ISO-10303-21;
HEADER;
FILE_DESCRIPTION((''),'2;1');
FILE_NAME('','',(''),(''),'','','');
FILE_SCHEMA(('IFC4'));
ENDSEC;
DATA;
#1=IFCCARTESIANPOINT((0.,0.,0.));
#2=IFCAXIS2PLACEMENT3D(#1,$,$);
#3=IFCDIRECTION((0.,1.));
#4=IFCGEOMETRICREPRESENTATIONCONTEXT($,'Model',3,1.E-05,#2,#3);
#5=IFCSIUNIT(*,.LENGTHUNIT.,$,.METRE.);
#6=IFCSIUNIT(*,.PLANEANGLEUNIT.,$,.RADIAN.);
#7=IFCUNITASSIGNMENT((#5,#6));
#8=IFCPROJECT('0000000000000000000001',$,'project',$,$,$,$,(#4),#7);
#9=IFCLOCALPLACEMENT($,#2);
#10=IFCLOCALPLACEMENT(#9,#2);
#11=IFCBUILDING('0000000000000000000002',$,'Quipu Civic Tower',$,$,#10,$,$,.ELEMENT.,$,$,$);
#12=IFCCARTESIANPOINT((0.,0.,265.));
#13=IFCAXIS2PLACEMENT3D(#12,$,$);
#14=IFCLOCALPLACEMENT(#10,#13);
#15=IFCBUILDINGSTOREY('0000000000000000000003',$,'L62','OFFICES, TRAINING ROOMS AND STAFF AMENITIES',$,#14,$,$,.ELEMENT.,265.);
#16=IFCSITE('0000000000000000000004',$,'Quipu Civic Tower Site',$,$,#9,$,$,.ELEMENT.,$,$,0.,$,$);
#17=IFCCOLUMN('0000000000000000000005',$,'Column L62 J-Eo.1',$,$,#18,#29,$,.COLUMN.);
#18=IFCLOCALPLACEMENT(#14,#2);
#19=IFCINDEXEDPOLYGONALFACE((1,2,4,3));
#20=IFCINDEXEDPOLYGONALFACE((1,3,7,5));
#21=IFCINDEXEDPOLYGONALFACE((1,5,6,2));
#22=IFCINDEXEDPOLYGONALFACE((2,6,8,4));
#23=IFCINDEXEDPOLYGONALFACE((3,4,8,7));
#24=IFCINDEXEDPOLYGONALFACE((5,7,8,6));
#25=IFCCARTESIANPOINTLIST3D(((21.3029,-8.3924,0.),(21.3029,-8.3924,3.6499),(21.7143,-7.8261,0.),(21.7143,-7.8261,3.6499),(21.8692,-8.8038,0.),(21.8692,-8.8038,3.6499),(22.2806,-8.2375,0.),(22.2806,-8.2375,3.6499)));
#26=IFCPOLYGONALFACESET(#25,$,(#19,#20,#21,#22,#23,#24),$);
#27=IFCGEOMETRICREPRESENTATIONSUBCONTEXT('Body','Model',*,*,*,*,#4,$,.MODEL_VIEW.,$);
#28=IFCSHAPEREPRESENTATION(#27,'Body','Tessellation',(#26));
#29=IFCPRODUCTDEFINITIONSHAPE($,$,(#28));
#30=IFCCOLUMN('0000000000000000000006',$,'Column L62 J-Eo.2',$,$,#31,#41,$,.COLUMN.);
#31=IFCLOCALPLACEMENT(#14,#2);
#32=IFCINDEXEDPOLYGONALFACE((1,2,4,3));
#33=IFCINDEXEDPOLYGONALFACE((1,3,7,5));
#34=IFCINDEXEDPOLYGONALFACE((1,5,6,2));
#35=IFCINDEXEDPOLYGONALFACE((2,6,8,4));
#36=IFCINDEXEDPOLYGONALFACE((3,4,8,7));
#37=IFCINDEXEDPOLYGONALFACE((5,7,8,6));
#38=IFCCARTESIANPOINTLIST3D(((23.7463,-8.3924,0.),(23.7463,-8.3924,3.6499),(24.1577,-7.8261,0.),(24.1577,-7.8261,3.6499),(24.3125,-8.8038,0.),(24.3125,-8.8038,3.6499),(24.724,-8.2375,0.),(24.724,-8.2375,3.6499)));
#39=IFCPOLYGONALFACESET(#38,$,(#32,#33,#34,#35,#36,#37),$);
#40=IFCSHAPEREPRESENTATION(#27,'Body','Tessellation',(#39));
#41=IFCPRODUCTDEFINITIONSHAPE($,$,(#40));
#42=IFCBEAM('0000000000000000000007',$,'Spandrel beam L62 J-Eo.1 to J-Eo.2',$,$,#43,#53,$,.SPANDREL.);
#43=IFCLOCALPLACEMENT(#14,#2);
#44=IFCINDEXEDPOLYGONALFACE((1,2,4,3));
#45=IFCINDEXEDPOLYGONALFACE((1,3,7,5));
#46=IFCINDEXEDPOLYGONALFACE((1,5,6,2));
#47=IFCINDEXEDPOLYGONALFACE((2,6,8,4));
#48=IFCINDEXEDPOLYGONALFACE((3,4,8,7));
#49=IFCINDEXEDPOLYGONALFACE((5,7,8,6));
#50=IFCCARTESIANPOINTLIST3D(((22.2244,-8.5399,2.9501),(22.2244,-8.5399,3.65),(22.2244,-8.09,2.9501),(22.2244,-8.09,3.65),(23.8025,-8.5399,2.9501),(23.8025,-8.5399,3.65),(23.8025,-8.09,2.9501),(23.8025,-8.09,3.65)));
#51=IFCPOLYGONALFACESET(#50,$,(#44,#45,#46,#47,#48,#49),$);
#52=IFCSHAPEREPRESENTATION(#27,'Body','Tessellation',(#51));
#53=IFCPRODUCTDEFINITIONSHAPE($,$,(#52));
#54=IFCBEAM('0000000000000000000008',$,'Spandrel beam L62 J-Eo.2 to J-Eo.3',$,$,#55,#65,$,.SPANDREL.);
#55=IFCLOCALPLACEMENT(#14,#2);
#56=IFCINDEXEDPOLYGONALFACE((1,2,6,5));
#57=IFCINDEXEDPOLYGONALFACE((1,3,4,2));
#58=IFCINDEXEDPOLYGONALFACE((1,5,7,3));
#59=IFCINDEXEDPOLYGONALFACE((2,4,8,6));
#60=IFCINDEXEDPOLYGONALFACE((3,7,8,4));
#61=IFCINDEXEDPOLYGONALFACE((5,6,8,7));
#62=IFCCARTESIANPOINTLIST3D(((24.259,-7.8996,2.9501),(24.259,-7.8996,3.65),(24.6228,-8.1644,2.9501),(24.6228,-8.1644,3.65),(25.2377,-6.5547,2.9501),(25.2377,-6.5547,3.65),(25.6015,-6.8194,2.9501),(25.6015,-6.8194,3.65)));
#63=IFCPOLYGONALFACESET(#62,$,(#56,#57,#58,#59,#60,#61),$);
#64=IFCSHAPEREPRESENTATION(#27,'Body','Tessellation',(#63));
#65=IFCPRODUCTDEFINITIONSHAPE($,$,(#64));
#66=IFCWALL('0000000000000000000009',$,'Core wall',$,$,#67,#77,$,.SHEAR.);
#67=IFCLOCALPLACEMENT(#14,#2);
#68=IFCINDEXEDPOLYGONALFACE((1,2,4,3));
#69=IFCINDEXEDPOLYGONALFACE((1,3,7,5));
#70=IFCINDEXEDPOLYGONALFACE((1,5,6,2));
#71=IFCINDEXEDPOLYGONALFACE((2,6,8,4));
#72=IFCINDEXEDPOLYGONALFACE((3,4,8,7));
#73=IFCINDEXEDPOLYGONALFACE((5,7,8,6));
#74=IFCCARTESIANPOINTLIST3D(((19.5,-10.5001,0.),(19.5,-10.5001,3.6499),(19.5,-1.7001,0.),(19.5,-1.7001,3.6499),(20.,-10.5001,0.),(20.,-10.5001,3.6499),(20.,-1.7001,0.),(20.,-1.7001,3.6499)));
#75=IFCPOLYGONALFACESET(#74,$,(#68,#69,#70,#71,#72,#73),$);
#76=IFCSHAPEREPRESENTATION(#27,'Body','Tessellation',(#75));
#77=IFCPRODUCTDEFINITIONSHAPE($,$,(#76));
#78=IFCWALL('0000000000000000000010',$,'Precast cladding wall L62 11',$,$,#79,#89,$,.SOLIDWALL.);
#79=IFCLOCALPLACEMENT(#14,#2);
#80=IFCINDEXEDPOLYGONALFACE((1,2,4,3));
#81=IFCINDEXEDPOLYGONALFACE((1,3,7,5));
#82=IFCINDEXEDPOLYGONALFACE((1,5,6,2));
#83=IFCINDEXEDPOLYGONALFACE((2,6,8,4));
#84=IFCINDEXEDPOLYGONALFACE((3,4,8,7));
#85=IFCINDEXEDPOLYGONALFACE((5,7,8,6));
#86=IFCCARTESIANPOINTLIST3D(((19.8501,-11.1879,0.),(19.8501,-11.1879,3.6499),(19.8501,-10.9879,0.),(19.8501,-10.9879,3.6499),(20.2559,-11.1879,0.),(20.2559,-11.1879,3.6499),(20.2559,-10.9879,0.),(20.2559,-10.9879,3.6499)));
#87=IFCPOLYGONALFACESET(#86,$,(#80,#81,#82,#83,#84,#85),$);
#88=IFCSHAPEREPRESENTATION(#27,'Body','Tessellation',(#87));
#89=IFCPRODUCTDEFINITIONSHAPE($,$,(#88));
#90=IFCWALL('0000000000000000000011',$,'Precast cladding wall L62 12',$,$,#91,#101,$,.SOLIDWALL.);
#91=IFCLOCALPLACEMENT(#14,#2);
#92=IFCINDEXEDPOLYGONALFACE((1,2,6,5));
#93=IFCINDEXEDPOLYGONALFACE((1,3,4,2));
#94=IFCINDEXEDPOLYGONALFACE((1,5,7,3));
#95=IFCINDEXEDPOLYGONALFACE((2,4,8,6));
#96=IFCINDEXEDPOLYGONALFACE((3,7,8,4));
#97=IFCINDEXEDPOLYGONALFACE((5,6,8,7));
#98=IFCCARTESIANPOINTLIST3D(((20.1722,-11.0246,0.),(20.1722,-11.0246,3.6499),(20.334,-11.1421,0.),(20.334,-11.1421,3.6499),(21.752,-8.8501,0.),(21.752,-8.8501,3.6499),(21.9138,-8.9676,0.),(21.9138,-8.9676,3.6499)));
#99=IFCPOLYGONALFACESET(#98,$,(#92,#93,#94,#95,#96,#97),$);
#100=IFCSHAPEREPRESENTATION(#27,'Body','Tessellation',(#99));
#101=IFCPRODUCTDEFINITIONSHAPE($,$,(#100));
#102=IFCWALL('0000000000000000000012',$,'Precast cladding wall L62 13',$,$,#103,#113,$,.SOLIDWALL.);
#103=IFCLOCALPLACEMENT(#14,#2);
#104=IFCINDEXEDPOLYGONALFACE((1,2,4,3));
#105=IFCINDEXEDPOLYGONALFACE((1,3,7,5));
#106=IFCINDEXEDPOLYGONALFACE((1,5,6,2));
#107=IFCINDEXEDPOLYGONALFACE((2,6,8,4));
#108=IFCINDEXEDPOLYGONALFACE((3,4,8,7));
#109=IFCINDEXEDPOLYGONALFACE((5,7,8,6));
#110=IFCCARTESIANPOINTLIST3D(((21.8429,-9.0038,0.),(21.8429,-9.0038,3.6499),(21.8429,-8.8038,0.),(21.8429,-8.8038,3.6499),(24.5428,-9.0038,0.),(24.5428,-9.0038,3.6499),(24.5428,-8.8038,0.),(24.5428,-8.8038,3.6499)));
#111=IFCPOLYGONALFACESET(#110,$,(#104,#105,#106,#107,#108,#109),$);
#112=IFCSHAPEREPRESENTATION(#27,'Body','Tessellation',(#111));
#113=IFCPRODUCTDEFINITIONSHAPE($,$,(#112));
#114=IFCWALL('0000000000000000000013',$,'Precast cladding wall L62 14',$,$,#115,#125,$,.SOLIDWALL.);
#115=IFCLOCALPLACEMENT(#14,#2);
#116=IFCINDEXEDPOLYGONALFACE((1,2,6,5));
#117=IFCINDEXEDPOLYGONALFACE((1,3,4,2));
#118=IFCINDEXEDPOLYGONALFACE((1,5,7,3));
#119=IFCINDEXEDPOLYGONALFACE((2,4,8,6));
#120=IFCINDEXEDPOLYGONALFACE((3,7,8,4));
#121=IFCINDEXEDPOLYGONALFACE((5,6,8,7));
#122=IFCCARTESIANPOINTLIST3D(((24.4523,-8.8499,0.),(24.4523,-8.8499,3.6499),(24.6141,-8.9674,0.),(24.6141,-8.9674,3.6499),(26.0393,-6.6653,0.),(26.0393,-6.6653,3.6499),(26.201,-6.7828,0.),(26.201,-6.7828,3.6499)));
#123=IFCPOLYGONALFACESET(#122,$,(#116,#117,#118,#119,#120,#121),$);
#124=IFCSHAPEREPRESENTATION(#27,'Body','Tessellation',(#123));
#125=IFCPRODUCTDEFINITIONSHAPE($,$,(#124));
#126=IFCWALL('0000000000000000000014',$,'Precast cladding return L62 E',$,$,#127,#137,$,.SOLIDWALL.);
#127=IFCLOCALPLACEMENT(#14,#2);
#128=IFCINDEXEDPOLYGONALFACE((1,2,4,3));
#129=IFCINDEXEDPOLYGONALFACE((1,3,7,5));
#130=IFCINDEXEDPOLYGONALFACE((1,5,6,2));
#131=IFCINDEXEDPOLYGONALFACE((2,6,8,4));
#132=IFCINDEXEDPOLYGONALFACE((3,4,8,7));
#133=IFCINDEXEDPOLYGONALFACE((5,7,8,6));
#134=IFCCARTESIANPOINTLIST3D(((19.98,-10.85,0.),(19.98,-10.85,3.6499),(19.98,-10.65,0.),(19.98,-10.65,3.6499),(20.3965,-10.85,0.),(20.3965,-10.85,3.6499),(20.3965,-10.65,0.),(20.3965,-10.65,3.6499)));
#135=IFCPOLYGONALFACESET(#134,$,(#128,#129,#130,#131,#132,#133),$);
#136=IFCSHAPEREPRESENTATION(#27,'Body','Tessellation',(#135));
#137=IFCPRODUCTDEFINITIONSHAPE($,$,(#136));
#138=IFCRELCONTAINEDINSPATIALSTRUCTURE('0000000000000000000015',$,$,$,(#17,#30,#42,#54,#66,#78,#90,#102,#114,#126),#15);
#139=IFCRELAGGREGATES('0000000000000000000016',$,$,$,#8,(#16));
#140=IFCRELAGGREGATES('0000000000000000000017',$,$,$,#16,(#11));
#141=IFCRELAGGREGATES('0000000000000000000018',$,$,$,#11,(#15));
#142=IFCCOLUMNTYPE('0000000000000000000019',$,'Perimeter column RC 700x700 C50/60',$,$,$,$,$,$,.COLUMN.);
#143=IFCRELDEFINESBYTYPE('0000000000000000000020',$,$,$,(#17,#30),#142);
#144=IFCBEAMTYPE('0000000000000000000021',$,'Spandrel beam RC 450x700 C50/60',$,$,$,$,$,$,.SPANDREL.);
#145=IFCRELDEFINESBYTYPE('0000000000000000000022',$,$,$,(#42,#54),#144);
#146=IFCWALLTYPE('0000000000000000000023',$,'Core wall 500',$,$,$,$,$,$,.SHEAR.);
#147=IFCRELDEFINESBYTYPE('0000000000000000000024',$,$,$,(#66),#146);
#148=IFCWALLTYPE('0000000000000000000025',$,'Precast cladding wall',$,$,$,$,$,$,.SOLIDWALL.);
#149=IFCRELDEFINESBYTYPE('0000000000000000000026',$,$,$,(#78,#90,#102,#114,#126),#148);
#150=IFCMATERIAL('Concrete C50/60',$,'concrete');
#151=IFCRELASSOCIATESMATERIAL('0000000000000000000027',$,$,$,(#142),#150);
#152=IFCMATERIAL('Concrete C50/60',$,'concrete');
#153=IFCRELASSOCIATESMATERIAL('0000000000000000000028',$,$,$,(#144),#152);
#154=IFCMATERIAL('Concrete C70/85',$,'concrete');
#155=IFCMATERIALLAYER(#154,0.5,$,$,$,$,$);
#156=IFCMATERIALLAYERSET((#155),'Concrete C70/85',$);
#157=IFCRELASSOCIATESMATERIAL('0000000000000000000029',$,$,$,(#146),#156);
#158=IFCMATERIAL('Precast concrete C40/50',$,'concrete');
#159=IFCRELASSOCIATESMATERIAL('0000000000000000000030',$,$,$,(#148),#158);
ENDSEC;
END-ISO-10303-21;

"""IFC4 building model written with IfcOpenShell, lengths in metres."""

from ifc_helpers import new_model, si_unit, direction, frame, frame_2d, origin, origin_2d, place, context, subcontext, project, spatial, rectangle, extrude, material, layer, layer_set, material_profile, profile_set, type_object, element, save


model = new_model("IFC4")

# Units and contexts
model_context = context("Model", 3, precision=1e-05, world=origin(), true_north=direction((0.0, 1.0)))
body_context = subcontext(model_context, "Body", "Model", "MODEL_VIEW")
ifc_project = project(units=[si_unit("LENGTHUNIT", "METRE"), si_unit("PLANEANGLEUNIT", "RADIAN")], contexts=[model_context])

# Site, building, storey
site_placement = place(None, origin())
site = spatial("IfcSite", under=ifc_project, at=site_placement, Name="Quipu Civic Tower Site", CompositionType="ELEMENT", RefElevation=0.0)
building_placement = place(site_placement, origin())
building = spatial("IfcBuilding", under=site, at=building_placement, Name="Quipu Civic Tower", CompositionType="ELEMENT")
storey_placement = place(building_placement, frame((0.0, 0.0, 265.0)))
storey = spatial("IfcBuildingStorey", under=building, at=storey_placement, Name="L62", Description="OFFICES, TRAINING ROOMS AND STAFF AMENITIES", CompositionType="ELEMENT", Elevation=265.0)

# Columns
ifc_material_1 = material(Name="Concrete C50/60", Category="concrete")
ifc_material_profile_1 = material_profile(ifc_material_1, rectangle(XDim=0.7, YDim=0.7, at=origin_2d()), Name="RC700x700")
ifc_profile_set_1 = profile_set([ifc_material_profile_1], Name="Concrete C50/60")
column_type = type_object("IfcColumnType", Name="Perimeter column RC 700x700 C50/60", PredefinedType="COLUMN", material=ifc_profile_set_1)
for number, where, z_axis, x_axis, name in (
    (1, (21.7917, -8.3149, 0.0), (0.0, 0.0, 1.0), (0.587785, 0.809017, 0.0), "Column L62 J-Eo.1"),
    (2, (24.2351, -8.3149, 0.0), (0.0, 0.0, 1.0), (0.587785, 0.809017, 0.0), "Column L62 J-Eo.2"),
):
    element("IfcColumn", number, at=place(storey_placement, frame(where, z_axis=z_axis, x_axis=x_axis)), inside=storey, type_object=column_type, Name=name, PredefinedType="COLUMN", context=body_context, shape_type="SweptSolid", body=[
        extrude(rectangle(XDim=0.7, YDim=0.7, at=origin_2d()), origin(), (0.0, 0.0, 1.0), 3.6499),
    ])

# Beams
ifc_material_2 = material(Name="Concrete C50/60", Category="concrete")
ifc_material_profile_2 = material_profile(ifc_material_2, rectangle(XDim=0.45, YDim=0.7, at=origin_2d()), Name="RC450x700")
ifc_profile_set_2 = profile_set([ifc_material_profile_2], Name="Concrete C50/60")
beam_type = type_object("IfcBeamType", Name="Spandrel beam RC 450x700 C50/60", PredefinedType="SPANDREL", material=ifc_profile_set_2)
beam_1_placement = place(storey_placement, frame((22.2244, -8.3149, 3.3), z_axis=(1.0, 0.0, 0.0), x_axis=(0.0, 1.0, 0.0)))
element("IfcBeam", 3, at=beam_1_placement, inside=storey, type_object=beam_type, Name="Spandrel beam L62 J-Eo.1 to J-Eo.2", PredefinedType="SPANDREL", context=body_context, shape_type="SweptSolid", body=[
    extrude(rectangle(XDim=0.45, YDim=0.7, at=origin_2d()), origin(), (0.0, 0.0, 1.0), 1.5781),
])
beam_2_placement = place(storey_placement, frame((24.4409, -8.032, 3.3), z_axis=(0.588407, 0.808565, 0.0), x_axis=(-0.808565, 0.588407, 0.0)))
element("IfcBeam", 4, at=beam_2_placement, inside=storey, type_object=beam_type, Name="Spandrel beam L62 J-Eo.2 to J-Eo.3", PredefinedType="SPANDREL", context=body_context, shape_type="SweptSolid", body=[
    extrude(rectangle(XDim=0.45, YDim=0.7, at=origin_2d()), origin(), (0.0, 0.0, 1.0), 1.6633),
])

# Walls
ifc_material_3 = material(Name="Concrete C70/85", Category="concrete")
ifc_layer = layer(ifc_material_3, 0.5)
ifc_layer_set = layer_set([ifc_layer], Name="Concrete C70/85")
wall_type_1 = type_object("IfcWallType", Name="Core wall 500", PredefinedType="SHEAR", material=ifc_layer_set)
wall_1_placement = place(storey_placement, frame((19.75, -10.5, 0.0), z_axis=(0.0, 0.0, 1.0), x_axis=(0.0, 1.0, 0.0)))
element("IfcWall", 5, at=wall_1_placement, inside=storey, type_object=wall_type_1, Name="Core wall", PredefinedType="SHEAR", context=body_context, shape_type="SweptSolid", body=[
    extrude(rectangle(XDim=8.8, YDim=0.5, at=frame_2d((4.3999, 0.0))), origin(), (0.0, 0.0, 1.0), 3.6499),
])
ifc_material_4 = material(Name="Precast concrete C40/50", Category="concrete")
wall_type_2 = type_object("IfcWallType", Name="Precast cladding wall", PredefinedType="SOLIDWALL", material=ifc_material_4)
wall_2_placement = place(storey_placement, frame((19.8501, -11.0879, 0.0), z_axis=(0.0, 0.0, 1.0), x_axis=(1.0, 0.0, 0.0)))
element("IfcWall", 6, at=wall_2_placement, inside=storey, type_object=wall_type_2, Name="Precast cladding wall L62 11", PredefinedType="SOLIDWALL", context=body_context, shape_type="SweptSolid", body=[
    extrude(rectangle(XDim=0.4058, YDim=0.2, at=frame_2d((0.2029, 0.0))), origin(), (0.0, 0.0, 1.0), 3.6499),
])
wall_3_placement = place(storey_placement, frame((20.2532, -11.0833, 0.0), z_axis=(0.0, 0.0, 1.0), x_axis=(0.587767, 0.809031, 0.0)))
element("IfcWall", 7, at=wall_3_placement, inside=storey, type_object=wall_type_2, Name="Precast cladding wall L62 12", PredefinedType="SOLIDWALL", context=body_context, shape_type="SweptSolid", body=[
    extrude(rectangle(XDim=2.6877, YDim=0.2, at=frame_2d((1.3438, 0.0))), origin(), (0.0, 0.0, 1.0), 3.6499),
])
wall_4_placement = place(storey_placement, frame((21.8428, -8.9038, 0.0), z_axis=(0.0, 0.0, 1.0), x_axis=(1.0, 0.0, 0.0)))
element("IfcWall", 8, at=wall_4_placement, inside=storey, type_object=wall_type_2, Name="Precast cladding wall L62 13", PredefinedType="SOLIDWALL", context=body_context, shape_type="SweptSolid", body=[
    extrude(rectangle(XDim=2.7, YDim=0.2, at=frame_2d((1.3501, 0.0))), origin(), (0.0, 0.0, 1.0), 3.6499),
])
wall_5_placement = place(storey_placement, frame((24.5332, -8.9087, 0.0), z_axis=(0.0, 0.0, 1.0), x_axis=(0.58772, 0.809064, 0.0)))
element("IfcWall", 9, at=wall_5_placement, inside=storey, type_object=wall_type_2, Name="Precast cladding wall L62 14", PredefinedType="SOLIDWALL", context=body_context, shape_type="SweptSolid", body=[
    extrude(rectangle(XDim=2.7002, YDim=0.2, at=frame_2d((1.3501, 0.0))), origin(), (0.0, 0.0, 1.0), 3.6499),
])
wall_6_placement = place(storey_placement, frame((19.98, -10.75, 0.0), z_axis=(0.0, 0.0, 1.0), x_axis=(1.0, 0.0, 0.0)))
element("IfcWall", 10, at=wall_6_placement, inside=storey, type_object=wall_type_2, Name="Precast cladding return L62 E", PredefinedType="SOLIDWALL", context=body_context, shape_type="SweptSolid", body=[
    extrude(rectangle(XDim=0.4165, YDim=0.2, at=frame_2d((0.2083, 0.0))), origin(), (0.0, 0.0, 1.0), 3.6499),
])

save(model, "model.ifc")
